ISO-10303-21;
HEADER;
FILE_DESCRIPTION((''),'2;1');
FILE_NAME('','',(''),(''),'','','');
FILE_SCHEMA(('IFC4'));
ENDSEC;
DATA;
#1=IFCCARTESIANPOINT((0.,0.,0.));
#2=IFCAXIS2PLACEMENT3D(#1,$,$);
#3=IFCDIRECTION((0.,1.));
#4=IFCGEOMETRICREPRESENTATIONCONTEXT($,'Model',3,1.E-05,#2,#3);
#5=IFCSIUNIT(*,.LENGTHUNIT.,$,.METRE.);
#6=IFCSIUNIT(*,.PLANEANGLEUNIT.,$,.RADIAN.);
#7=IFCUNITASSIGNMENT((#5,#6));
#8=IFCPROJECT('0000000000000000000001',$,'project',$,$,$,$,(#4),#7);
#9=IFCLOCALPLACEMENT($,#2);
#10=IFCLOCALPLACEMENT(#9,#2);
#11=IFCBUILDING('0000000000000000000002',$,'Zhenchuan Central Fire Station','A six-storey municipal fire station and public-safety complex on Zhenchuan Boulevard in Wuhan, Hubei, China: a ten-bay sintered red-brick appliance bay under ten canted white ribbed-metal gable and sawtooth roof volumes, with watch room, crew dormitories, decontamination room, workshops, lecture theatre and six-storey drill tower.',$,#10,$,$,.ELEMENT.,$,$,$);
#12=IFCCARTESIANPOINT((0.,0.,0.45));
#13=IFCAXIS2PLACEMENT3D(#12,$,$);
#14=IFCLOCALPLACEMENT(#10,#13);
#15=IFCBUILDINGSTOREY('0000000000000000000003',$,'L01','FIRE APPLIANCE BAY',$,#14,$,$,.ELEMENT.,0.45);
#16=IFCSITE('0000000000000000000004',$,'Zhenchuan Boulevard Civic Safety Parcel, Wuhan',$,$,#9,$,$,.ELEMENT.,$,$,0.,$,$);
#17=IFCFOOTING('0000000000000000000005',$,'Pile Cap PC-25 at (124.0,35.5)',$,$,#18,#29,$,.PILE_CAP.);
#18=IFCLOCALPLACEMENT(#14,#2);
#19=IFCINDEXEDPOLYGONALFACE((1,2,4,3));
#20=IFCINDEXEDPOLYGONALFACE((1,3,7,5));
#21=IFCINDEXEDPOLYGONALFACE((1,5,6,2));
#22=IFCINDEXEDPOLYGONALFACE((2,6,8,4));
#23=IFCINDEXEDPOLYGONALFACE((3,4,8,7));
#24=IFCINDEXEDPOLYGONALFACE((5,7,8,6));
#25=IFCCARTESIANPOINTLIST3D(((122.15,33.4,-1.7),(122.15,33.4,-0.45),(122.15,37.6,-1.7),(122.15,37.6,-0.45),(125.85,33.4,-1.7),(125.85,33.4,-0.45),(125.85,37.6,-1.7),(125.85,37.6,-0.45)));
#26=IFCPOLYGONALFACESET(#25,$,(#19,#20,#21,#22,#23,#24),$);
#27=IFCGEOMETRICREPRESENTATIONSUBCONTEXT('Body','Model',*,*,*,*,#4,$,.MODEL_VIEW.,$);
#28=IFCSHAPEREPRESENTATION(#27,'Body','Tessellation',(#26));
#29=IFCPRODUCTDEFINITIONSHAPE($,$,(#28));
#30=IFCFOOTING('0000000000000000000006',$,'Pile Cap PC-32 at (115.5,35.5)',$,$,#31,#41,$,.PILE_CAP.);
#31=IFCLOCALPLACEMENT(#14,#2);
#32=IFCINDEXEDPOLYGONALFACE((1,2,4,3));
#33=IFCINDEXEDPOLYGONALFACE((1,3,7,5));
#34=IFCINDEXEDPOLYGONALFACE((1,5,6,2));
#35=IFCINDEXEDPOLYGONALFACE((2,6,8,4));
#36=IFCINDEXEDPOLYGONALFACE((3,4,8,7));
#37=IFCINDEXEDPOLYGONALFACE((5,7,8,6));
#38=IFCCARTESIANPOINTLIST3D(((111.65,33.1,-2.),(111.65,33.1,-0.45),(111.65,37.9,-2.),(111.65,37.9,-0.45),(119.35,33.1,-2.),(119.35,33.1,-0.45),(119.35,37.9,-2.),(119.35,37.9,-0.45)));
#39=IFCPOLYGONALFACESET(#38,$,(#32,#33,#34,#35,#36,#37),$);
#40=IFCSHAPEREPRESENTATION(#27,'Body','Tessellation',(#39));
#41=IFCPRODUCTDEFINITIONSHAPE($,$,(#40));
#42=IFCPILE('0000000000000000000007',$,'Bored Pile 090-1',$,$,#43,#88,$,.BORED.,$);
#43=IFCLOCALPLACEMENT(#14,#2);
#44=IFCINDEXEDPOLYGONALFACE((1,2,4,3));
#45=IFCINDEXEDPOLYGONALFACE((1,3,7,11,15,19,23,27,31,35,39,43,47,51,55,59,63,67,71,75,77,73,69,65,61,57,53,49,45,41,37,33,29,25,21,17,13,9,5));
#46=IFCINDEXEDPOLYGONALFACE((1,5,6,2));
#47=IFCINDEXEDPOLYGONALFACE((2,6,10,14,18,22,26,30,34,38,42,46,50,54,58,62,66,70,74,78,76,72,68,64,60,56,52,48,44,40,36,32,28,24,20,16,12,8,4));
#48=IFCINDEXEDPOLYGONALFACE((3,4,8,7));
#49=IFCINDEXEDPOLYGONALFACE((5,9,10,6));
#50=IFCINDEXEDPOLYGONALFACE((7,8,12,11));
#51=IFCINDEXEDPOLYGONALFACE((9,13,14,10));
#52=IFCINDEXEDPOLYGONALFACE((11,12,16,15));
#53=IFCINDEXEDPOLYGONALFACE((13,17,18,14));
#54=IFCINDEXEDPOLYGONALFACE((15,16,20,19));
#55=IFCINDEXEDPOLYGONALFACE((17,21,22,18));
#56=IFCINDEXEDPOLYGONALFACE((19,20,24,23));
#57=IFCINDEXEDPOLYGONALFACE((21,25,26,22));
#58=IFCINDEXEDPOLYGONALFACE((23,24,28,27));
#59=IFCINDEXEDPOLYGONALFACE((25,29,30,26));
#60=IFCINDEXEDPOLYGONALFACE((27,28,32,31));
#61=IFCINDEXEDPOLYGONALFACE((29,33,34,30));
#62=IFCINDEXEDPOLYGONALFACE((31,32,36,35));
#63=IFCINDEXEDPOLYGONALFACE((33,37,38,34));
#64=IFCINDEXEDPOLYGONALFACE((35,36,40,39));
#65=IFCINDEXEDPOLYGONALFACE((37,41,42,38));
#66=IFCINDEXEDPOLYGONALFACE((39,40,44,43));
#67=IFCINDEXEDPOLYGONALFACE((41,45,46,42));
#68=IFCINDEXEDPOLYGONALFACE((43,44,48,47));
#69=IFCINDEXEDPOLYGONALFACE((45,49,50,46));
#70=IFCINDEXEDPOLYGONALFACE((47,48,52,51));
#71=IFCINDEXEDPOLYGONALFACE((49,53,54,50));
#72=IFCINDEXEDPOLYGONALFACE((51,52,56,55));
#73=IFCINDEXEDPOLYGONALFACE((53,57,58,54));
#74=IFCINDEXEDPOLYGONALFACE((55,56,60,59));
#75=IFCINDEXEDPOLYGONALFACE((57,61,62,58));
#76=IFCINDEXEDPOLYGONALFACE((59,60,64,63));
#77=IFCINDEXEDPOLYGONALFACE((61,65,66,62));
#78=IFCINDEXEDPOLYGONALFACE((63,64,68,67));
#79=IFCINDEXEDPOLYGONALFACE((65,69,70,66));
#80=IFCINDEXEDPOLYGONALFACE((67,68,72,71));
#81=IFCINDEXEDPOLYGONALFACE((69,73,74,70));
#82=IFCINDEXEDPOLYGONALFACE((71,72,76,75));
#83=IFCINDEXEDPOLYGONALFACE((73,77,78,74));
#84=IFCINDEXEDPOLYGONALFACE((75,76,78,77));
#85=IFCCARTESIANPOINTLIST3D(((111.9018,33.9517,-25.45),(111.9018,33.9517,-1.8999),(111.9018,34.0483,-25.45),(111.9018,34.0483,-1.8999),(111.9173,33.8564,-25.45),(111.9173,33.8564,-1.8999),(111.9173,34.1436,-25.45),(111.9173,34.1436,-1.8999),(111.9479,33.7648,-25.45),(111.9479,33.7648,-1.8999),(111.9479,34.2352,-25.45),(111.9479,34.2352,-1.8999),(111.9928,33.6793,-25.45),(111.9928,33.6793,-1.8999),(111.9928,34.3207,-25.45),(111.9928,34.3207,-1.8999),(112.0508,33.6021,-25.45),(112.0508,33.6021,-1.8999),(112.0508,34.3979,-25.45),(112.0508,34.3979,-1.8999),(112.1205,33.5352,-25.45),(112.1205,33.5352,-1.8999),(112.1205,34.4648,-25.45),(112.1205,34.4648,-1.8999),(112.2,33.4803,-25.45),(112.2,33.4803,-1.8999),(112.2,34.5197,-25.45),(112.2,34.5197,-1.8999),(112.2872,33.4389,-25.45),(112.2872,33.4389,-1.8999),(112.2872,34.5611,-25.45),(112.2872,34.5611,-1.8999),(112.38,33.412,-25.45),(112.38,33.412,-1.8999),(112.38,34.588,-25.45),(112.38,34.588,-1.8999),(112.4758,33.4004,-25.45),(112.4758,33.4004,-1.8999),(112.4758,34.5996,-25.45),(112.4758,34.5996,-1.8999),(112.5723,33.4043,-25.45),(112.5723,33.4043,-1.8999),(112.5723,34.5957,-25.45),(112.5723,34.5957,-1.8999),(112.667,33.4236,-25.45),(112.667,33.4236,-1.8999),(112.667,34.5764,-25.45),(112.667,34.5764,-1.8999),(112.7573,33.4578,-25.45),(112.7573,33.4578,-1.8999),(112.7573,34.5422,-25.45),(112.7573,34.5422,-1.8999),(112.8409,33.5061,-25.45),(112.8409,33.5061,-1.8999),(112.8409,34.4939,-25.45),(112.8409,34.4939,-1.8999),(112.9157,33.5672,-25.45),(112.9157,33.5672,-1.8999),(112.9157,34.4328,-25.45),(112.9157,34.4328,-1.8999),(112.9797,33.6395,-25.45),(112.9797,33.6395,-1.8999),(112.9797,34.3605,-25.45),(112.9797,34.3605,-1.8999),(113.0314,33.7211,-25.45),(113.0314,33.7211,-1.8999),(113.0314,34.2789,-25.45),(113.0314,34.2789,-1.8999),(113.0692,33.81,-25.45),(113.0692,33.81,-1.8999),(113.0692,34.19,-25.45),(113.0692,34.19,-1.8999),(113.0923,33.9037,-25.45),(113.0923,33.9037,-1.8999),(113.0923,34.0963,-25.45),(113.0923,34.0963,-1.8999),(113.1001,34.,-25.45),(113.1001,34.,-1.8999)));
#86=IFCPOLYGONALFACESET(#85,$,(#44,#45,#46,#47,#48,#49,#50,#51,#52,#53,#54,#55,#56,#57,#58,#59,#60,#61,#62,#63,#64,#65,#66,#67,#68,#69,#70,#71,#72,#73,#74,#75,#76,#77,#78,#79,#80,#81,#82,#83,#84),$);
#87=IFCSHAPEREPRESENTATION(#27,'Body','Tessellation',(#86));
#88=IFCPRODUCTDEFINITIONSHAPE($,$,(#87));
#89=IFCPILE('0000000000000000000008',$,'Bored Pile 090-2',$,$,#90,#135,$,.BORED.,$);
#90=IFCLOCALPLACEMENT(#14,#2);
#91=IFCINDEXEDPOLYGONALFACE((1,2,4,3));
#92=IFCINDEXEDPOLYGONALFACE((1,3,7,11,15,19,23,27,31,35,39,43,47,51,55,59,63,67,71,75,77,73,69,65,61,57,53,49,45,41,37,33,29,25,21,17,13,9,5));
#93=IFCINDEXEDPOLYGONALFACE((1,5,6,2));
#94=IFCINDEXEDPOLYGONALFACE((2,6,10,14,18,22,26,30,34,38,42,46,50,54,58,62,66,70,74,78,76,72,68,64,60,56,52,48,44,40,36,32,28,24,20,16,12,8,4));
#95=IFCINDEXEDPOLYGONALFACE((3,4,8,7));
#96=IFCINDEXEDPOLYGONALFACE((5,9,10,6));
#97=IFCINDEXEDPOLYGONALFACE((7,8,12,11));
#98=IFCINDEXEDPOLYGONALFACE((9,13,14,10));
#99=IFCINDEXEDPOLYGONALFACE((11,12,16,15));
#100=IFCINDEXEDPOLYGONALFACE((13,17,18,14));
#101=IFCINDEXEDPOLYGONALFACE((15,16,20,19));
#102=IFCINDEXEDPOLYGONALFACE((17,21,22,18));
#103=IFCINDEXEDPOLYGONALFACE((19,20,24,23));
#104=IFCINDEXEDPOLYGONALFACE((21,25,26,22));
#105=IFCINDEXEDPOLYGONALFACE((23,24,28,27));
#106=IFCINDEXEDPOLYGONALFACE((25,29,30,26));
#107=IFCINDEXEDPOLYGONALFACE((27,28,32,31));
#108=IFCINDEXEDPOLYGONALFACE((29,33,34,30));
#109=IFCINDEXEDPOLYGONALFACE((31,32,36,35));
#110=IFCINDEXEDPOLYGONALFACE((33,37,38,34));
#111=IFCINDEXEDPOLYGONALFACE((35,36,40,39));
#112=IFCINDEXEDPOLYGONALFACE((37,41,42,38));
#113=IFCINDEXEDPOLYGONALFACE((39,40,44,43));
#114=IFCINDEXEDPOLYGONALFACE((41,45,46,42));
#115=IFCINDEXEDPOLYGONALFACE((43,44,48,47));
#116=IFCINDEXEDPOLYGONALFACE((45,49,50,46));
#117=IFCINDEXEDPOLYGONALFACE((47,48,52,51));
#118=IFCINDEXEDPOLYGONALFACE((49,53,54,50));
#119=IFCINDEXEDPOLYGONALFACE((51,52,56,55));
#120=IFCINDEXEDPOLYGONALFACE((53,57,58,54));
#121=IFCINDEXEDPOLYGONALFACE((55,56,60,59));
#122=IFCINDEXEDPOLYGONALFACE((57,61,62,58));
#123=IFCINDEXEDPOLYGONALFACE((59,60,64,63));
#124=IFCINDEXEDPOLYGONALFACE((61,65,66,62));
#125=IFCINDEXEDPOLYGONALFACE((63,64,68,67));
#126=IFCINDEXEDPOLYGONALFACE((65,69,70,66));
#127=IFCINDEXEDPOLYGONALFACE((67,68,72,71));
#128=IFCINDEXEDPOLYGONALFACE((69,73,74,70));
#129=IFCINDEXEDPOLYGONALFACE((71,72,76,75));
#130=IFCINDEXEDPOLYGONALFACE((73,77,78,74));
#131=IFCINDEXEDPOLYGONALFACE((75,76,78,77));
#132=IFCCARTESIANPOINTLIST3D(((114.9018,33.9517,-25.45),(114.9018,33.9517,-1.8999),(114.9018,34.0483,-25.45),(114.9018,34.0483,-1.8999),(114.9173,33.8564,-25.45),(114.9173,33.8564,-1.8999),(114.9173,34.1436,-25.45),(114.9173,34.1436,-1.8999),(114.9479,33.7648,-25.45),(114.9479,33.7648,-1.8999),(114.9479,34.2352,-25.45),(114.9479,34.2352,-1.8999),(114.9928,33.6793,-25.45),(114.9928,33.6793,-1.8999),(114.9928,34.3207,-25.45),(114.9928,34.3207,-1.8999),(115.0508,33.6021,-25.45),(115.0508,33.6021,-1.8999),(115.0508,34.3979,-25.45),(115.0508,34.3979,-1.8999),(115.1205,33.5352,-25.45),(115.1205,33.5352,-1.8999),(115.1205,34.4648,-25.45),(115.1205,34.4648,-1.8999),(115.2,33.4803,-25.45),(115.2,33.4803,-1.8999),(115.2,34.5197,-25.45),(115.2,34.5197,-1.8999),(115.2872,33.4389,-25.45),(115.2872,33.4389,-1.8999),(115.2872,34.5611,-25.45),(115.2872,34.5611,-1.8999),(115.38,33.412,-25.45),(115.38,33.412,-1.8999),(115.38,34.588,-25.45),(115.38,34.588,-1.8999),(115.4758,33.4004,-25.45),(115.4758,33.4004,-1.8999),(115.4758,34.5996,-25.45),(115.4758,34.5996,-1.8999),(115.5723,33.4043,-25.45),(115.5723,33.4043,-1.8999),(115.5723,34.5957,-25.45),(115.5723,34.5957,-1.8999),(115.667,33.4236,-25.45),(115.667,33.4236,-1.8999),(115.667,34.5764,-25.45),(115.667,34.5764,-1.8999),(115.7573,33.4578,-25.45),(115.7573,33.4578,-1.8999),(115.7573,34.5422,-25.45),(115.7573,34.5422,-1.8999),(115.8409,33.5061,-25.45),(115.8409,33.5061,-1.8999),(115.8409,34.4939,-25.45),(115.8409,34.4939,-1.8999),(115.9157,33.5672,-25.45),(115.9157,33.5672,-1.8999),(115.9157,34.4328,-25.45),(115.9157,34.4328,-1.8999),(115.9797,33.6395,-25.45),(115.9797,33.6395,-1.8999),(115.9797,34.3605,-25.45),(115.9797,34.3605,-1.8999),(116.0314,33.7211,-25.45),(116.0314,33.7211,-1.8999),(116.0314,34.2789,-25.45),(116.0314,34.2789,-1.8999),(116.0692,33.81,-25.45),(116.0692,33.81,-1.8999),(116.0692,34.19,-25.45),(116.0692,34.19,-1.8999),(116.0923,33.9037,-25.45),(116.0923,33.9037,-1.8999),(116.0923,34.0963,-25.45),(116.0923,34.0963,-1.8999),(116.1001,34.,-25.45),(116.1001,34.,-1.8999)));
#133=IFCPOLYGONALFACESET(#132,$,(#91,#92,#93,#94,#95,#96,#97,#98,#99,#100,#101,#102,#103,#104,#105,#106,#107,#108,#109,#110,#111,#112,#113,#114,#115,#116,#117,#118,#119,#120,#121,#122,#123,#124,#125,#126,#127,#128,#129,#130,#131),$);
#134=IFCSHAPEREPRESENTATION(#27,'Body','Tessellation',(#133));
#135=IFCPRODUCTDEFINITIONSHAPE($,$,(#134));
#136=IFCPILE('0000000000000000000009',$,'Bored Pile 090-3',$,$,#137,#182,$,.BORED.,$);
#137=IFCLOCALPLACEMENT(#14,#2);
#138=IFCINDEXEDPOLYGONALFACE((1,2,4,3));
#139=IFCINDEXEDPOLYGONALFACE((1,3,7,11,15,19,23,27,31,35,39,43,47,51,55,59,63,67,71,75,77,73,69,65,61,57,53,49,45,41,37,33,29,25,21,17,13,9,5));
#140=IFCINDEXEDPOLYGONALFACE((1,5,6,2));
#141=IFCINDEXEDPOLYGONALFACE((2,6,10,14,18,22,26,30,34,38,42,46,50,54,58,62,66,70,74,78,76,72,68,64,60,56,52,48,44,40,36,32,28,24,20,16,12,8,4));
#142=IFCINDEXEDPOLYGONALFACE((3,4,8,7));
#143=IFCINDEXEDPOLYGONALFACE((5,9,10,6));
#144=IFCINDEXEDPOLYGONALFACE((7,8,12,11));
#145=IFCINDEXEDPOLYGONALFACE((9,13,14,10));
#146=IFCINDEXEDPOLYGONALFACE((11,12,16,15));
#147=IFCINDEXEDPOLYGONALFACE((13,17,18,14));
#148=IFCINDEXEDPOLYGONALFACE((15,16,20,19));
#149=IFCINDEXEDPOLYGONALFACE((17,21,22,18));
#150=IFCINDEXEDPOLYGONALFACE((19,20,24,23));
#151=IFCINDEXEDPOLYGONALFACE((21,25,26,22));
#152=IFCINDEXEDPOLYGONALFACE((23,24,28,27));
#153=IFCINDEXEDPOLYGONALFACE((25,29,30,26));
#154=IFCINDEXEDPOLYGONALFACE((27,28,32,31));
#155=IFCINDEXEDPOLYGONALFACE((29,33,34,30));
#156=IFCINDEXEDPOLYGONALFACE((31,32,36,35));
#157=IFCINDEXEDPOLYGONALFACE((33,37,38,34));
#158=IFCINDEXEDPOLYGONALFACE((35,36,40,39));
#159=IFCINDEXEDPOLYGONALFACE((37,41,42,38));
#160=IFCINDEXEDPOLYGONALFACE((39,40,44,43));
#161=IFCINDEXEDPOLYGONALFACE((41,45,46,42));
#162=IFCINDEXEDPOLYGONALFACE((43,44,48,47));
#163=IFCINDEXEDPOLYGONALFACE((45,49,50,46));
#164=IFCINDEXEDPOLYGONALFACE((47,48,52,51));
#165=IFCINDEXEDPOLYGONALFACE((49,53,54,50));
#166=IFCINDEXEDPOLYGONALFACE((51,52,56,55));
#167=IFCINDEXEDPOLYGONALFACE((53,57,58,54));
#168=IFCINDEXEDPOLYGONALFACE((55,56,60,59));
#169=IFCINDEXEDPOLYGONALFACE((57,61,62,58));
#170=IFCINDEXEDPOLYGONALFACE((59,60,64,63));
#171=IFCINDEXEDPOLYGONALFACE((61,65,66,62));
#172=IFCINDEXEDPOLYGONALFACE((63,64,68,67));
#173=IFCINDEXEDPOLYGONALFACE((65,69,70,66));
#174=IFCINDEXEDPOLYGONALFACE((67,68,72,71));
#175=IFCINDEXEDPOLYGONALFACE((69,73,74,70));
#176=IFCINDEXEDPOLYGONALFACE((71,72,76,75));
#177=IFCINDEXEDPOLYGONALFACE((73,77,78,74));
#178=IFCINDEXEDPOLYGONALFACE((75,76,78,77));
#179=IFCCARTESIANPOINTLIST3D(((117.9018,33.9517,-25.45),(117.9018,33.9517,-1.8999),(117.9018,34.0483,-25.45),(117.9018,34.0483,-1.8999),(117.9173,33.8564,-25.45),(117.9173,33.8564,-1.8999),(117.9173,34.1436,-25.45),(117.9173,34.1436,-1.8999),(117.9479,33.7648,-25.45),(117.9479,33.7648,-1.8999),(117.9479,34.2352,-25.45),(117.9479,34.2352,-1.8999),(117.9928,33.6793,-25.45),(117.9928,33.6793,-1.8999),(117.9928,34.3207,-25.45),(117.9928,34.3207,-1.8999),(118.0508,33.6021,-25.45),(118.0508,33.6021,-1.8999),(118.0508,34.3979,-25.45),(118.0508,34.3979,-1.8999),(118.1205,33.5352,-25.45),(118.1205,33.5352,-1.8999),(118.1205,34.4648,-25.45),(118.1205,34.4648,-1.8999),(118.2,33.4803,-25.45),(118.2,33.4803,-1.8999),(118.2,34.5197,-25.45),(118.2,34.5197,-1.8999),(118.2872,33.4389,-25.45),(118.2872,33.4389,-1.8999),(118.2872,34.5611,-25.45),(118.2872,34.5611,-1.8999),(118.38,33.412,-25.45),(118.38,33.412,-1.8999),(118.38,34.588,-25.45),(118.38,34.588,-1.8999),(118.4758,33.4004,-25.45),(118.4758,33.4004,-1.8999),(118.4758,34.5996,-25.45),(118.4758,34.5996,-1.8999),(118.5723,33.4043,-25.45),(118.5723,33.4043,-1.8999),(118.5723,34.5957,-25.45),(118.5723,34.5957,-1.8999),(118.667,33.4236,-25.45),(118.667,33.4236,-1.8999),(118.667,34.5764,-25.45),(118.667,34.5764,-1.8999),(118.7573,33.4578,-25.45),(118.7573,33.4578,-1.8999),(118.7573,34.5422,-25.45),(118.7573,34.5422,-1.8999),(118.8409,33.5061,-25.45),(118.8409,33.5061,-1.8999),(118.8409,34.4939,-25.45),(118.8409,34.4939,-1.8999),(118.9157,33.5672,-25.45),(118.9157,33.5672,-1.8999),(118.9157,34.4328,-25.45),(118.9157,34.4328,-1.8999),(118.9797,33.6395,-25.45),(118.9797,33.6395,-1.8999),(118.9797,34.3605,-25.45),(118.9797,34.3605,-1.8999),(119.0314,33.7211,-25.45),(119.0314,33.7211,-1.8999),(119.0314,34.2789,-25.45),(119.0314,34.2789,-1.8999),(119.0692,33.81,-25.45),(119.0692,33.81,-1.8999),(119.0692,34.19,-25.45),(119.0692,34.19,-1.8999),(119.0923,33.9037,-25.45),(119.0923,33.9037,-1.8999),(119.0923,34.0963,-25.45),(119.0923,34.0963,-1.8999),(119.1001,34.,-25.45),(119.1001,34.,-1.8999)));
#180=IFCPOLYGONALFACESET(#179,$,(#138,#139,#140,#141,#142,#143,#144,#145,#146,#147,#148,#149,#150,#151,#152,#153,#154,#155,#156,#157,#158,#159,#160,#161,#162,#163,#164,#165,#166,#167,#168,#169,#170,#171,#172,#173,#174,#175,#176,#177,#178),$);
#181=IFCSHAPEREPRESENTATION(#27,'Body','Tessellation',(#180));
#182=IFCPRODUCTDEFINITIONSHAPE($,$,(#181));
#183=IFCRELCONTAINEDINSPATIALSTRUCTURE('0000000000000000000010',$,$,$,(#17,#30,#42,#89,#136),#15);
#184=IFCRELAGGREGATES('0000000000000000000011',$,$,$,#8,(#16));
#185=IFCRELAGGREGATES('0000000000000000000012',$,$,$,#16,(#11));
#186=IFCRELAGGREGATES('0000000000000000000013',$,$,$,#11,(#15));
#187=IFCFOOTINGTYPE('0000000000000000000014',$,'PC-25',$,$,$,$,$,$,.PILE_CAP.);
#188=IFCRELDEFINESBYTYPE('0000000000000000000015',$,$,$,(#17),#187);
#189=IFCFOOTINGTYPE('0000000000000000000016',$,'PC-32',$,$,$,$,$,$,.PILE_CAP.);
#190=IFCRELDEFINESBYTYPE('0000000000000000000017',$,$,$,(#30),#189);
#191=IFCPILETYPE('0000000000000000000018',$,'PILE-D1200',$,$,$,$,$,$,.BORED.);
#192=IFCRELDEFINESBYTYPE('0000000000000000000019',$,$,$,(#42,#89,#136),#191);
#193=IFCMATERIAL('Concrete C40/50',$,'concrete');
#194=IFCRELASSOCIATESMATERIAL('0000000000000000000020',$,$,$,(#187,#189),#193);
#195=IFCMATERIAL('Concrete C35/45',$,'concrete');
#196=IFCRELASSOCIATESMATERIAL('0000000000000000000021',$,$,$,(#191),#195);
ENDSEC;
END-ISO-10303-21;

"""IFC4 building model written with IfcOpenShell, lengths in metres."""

from ifc_helpers import new_model, si_unit, direction, frame, origin, origin_2d, place, context, subcontext, project, spatial, rectangle, circle, extrude, material, material_profile, profile_set, type_object, element, save


model = new_model("IFC4")

# Units and contexts
model_context = context("Model", 3, precision=1e-05, world=origin(), true_north=direction((0.0, 1.0)))
body_context = subcontext(model_context, "Body", "Model", "MODEL_VIEW")
ifc_project = project(units=[si_unit("LENGTHUNIT", "METRE"), si_unit("PLANEANGLEUNIT", "RADIAN")], contexts=[model_context])

# Site, building, storey
site_placement = place(None, origin())
site = spatial("IfcSite", under=ifc_project, at=site_placement, Name="Zhenchuan Boulevard Civic Safety Parcel, Wuhan", CompositionType="ELEMENT", RefElevation=0.0)
building_placement = place(site_placement, origin())
building = spatial("IfcBuilding", under=site, at=building_placement, Name="Zhenchuan Central Fire Station", Description="A six-storey municipal fire station and public-safety complex on Zhenchuan Boulevard in Wuhan, Hubei, China: a ten-bay sintered red-brick appliance bay under ten canted white ribbed-metal gable and sawtooth roof volumes, with watch room, crew dormitories, decontamination room, workshops, lecture theatre and six-storey drill tower.", CompositionType="ELEMENT")
storey_placement = place(building_placement, frame((0.0, 0.0, 0.45)))
storey = spatial("IfcBuildingStorey", under=building, at=storey_placement, Name="L01", Description="FIRE APPLIANCE BAY", CompositionType="ELEMENT", Elevation=0.45)

# Footings
ifc_material_1 = material(Name="Concrete C40/50", Category="concrete")
footing_type_1 = type_object("IfcFootingType", Name="PC-25", PredefinedType="PILE_CAP", material=ifc_material_1)
footing_1_placement = place(storey_placement, frame((124.0, 35.5, -1.7), z_axis=(0.0, 0.0, 1.0), x_axis=(1.0, 0.0, 0.0)))
element("IfcFooting", 1, at=footing_1_placement, inside=storey, type_object=footing_type_1, Name="Pile Cap PC-25 at (124.0,35.5)", PredefinedType="PILE_CAP", context=body_context, shape_type="SweptSolid", body=[
    extrude(rectangle(XDim=3.7, YDim=4.2, at=origin_2d()), origin(), (0.0, 0.0, 1.0), 1.25),
])
footing_type_2 = type_object("IfcFootingType", Name="PC-32", PredefinedType="PILE_CAP", material=ifc_material_1)
footing_2_placement = place(storey_placement, frame((115.5, 35.5, -2.0), z_axis=(0.0, 0.0, 1.0), x_axis=(1.0, 0.0, 0.0)))
element("IfcFooting", 2, at=footing_2_placement, inside=storey, type_object=footing_type_2, Name="Pile Cap PC-32 at (115.5,35.5)", PredefinedType="PILE_CAP", context=body_context, shape_type="SweptSolid", body=[
    extrude(rectangle(XDim=7.7, YDim=4.8, at=origin_2d()), origin(), (0.0, 0.0, 1.0), 1.55),
])

# Piles
ifc_material_2 = material(Name="Concrete C35/45", Category="concrete")
ifc_material_profile_1 = material_profile(ifc_material_2, circle(Radius=0.6001, at=origin_2d()), Name="PILE D1200")
ifc_profile_set_1 = profile_set([ifc_material_profile_1], Name="Concrete C35/45")
pile_type_1 = type_object("IfcPileType", Name="PILE-D1200", PredefinedType="BORED", material=ifc_profile_set_1)
for number, where, z_axis, x_axis, name in (
    (3, (112.5, 34.0, -1.8999), (0.0, 0.0, -1.0), (1.0, 0.0, 0.0), "Bored Pile 090-1"),
    (4, (115.5, 34.0, -1.8999), (0.0, 0.0, -1.0), (1.0, 0.0, 0.0), "Bored Pile 090-2"),
    (5, (118.5, 34.0, -1.8999), (0.0, 0.0, -1.0), (1.0, 0.0, 0.0), "Bored Pile 090-3"),
):
    element("IfcPile", number, at=place(storey_placement, frame(where, z_axis=z_axis, x_axis=x_axis)), inside=storey, type_object=pile_type_1, Name=name, PredefinedType="BORED", context=body_context, shape_type="SweptSolid", body=[
        extrude(circle(Radius=0.6001, at=origin_2d()), origin(), (0.0, 0.0, 1.0), 23.55),
    ])

save(model, "model.ifc")
